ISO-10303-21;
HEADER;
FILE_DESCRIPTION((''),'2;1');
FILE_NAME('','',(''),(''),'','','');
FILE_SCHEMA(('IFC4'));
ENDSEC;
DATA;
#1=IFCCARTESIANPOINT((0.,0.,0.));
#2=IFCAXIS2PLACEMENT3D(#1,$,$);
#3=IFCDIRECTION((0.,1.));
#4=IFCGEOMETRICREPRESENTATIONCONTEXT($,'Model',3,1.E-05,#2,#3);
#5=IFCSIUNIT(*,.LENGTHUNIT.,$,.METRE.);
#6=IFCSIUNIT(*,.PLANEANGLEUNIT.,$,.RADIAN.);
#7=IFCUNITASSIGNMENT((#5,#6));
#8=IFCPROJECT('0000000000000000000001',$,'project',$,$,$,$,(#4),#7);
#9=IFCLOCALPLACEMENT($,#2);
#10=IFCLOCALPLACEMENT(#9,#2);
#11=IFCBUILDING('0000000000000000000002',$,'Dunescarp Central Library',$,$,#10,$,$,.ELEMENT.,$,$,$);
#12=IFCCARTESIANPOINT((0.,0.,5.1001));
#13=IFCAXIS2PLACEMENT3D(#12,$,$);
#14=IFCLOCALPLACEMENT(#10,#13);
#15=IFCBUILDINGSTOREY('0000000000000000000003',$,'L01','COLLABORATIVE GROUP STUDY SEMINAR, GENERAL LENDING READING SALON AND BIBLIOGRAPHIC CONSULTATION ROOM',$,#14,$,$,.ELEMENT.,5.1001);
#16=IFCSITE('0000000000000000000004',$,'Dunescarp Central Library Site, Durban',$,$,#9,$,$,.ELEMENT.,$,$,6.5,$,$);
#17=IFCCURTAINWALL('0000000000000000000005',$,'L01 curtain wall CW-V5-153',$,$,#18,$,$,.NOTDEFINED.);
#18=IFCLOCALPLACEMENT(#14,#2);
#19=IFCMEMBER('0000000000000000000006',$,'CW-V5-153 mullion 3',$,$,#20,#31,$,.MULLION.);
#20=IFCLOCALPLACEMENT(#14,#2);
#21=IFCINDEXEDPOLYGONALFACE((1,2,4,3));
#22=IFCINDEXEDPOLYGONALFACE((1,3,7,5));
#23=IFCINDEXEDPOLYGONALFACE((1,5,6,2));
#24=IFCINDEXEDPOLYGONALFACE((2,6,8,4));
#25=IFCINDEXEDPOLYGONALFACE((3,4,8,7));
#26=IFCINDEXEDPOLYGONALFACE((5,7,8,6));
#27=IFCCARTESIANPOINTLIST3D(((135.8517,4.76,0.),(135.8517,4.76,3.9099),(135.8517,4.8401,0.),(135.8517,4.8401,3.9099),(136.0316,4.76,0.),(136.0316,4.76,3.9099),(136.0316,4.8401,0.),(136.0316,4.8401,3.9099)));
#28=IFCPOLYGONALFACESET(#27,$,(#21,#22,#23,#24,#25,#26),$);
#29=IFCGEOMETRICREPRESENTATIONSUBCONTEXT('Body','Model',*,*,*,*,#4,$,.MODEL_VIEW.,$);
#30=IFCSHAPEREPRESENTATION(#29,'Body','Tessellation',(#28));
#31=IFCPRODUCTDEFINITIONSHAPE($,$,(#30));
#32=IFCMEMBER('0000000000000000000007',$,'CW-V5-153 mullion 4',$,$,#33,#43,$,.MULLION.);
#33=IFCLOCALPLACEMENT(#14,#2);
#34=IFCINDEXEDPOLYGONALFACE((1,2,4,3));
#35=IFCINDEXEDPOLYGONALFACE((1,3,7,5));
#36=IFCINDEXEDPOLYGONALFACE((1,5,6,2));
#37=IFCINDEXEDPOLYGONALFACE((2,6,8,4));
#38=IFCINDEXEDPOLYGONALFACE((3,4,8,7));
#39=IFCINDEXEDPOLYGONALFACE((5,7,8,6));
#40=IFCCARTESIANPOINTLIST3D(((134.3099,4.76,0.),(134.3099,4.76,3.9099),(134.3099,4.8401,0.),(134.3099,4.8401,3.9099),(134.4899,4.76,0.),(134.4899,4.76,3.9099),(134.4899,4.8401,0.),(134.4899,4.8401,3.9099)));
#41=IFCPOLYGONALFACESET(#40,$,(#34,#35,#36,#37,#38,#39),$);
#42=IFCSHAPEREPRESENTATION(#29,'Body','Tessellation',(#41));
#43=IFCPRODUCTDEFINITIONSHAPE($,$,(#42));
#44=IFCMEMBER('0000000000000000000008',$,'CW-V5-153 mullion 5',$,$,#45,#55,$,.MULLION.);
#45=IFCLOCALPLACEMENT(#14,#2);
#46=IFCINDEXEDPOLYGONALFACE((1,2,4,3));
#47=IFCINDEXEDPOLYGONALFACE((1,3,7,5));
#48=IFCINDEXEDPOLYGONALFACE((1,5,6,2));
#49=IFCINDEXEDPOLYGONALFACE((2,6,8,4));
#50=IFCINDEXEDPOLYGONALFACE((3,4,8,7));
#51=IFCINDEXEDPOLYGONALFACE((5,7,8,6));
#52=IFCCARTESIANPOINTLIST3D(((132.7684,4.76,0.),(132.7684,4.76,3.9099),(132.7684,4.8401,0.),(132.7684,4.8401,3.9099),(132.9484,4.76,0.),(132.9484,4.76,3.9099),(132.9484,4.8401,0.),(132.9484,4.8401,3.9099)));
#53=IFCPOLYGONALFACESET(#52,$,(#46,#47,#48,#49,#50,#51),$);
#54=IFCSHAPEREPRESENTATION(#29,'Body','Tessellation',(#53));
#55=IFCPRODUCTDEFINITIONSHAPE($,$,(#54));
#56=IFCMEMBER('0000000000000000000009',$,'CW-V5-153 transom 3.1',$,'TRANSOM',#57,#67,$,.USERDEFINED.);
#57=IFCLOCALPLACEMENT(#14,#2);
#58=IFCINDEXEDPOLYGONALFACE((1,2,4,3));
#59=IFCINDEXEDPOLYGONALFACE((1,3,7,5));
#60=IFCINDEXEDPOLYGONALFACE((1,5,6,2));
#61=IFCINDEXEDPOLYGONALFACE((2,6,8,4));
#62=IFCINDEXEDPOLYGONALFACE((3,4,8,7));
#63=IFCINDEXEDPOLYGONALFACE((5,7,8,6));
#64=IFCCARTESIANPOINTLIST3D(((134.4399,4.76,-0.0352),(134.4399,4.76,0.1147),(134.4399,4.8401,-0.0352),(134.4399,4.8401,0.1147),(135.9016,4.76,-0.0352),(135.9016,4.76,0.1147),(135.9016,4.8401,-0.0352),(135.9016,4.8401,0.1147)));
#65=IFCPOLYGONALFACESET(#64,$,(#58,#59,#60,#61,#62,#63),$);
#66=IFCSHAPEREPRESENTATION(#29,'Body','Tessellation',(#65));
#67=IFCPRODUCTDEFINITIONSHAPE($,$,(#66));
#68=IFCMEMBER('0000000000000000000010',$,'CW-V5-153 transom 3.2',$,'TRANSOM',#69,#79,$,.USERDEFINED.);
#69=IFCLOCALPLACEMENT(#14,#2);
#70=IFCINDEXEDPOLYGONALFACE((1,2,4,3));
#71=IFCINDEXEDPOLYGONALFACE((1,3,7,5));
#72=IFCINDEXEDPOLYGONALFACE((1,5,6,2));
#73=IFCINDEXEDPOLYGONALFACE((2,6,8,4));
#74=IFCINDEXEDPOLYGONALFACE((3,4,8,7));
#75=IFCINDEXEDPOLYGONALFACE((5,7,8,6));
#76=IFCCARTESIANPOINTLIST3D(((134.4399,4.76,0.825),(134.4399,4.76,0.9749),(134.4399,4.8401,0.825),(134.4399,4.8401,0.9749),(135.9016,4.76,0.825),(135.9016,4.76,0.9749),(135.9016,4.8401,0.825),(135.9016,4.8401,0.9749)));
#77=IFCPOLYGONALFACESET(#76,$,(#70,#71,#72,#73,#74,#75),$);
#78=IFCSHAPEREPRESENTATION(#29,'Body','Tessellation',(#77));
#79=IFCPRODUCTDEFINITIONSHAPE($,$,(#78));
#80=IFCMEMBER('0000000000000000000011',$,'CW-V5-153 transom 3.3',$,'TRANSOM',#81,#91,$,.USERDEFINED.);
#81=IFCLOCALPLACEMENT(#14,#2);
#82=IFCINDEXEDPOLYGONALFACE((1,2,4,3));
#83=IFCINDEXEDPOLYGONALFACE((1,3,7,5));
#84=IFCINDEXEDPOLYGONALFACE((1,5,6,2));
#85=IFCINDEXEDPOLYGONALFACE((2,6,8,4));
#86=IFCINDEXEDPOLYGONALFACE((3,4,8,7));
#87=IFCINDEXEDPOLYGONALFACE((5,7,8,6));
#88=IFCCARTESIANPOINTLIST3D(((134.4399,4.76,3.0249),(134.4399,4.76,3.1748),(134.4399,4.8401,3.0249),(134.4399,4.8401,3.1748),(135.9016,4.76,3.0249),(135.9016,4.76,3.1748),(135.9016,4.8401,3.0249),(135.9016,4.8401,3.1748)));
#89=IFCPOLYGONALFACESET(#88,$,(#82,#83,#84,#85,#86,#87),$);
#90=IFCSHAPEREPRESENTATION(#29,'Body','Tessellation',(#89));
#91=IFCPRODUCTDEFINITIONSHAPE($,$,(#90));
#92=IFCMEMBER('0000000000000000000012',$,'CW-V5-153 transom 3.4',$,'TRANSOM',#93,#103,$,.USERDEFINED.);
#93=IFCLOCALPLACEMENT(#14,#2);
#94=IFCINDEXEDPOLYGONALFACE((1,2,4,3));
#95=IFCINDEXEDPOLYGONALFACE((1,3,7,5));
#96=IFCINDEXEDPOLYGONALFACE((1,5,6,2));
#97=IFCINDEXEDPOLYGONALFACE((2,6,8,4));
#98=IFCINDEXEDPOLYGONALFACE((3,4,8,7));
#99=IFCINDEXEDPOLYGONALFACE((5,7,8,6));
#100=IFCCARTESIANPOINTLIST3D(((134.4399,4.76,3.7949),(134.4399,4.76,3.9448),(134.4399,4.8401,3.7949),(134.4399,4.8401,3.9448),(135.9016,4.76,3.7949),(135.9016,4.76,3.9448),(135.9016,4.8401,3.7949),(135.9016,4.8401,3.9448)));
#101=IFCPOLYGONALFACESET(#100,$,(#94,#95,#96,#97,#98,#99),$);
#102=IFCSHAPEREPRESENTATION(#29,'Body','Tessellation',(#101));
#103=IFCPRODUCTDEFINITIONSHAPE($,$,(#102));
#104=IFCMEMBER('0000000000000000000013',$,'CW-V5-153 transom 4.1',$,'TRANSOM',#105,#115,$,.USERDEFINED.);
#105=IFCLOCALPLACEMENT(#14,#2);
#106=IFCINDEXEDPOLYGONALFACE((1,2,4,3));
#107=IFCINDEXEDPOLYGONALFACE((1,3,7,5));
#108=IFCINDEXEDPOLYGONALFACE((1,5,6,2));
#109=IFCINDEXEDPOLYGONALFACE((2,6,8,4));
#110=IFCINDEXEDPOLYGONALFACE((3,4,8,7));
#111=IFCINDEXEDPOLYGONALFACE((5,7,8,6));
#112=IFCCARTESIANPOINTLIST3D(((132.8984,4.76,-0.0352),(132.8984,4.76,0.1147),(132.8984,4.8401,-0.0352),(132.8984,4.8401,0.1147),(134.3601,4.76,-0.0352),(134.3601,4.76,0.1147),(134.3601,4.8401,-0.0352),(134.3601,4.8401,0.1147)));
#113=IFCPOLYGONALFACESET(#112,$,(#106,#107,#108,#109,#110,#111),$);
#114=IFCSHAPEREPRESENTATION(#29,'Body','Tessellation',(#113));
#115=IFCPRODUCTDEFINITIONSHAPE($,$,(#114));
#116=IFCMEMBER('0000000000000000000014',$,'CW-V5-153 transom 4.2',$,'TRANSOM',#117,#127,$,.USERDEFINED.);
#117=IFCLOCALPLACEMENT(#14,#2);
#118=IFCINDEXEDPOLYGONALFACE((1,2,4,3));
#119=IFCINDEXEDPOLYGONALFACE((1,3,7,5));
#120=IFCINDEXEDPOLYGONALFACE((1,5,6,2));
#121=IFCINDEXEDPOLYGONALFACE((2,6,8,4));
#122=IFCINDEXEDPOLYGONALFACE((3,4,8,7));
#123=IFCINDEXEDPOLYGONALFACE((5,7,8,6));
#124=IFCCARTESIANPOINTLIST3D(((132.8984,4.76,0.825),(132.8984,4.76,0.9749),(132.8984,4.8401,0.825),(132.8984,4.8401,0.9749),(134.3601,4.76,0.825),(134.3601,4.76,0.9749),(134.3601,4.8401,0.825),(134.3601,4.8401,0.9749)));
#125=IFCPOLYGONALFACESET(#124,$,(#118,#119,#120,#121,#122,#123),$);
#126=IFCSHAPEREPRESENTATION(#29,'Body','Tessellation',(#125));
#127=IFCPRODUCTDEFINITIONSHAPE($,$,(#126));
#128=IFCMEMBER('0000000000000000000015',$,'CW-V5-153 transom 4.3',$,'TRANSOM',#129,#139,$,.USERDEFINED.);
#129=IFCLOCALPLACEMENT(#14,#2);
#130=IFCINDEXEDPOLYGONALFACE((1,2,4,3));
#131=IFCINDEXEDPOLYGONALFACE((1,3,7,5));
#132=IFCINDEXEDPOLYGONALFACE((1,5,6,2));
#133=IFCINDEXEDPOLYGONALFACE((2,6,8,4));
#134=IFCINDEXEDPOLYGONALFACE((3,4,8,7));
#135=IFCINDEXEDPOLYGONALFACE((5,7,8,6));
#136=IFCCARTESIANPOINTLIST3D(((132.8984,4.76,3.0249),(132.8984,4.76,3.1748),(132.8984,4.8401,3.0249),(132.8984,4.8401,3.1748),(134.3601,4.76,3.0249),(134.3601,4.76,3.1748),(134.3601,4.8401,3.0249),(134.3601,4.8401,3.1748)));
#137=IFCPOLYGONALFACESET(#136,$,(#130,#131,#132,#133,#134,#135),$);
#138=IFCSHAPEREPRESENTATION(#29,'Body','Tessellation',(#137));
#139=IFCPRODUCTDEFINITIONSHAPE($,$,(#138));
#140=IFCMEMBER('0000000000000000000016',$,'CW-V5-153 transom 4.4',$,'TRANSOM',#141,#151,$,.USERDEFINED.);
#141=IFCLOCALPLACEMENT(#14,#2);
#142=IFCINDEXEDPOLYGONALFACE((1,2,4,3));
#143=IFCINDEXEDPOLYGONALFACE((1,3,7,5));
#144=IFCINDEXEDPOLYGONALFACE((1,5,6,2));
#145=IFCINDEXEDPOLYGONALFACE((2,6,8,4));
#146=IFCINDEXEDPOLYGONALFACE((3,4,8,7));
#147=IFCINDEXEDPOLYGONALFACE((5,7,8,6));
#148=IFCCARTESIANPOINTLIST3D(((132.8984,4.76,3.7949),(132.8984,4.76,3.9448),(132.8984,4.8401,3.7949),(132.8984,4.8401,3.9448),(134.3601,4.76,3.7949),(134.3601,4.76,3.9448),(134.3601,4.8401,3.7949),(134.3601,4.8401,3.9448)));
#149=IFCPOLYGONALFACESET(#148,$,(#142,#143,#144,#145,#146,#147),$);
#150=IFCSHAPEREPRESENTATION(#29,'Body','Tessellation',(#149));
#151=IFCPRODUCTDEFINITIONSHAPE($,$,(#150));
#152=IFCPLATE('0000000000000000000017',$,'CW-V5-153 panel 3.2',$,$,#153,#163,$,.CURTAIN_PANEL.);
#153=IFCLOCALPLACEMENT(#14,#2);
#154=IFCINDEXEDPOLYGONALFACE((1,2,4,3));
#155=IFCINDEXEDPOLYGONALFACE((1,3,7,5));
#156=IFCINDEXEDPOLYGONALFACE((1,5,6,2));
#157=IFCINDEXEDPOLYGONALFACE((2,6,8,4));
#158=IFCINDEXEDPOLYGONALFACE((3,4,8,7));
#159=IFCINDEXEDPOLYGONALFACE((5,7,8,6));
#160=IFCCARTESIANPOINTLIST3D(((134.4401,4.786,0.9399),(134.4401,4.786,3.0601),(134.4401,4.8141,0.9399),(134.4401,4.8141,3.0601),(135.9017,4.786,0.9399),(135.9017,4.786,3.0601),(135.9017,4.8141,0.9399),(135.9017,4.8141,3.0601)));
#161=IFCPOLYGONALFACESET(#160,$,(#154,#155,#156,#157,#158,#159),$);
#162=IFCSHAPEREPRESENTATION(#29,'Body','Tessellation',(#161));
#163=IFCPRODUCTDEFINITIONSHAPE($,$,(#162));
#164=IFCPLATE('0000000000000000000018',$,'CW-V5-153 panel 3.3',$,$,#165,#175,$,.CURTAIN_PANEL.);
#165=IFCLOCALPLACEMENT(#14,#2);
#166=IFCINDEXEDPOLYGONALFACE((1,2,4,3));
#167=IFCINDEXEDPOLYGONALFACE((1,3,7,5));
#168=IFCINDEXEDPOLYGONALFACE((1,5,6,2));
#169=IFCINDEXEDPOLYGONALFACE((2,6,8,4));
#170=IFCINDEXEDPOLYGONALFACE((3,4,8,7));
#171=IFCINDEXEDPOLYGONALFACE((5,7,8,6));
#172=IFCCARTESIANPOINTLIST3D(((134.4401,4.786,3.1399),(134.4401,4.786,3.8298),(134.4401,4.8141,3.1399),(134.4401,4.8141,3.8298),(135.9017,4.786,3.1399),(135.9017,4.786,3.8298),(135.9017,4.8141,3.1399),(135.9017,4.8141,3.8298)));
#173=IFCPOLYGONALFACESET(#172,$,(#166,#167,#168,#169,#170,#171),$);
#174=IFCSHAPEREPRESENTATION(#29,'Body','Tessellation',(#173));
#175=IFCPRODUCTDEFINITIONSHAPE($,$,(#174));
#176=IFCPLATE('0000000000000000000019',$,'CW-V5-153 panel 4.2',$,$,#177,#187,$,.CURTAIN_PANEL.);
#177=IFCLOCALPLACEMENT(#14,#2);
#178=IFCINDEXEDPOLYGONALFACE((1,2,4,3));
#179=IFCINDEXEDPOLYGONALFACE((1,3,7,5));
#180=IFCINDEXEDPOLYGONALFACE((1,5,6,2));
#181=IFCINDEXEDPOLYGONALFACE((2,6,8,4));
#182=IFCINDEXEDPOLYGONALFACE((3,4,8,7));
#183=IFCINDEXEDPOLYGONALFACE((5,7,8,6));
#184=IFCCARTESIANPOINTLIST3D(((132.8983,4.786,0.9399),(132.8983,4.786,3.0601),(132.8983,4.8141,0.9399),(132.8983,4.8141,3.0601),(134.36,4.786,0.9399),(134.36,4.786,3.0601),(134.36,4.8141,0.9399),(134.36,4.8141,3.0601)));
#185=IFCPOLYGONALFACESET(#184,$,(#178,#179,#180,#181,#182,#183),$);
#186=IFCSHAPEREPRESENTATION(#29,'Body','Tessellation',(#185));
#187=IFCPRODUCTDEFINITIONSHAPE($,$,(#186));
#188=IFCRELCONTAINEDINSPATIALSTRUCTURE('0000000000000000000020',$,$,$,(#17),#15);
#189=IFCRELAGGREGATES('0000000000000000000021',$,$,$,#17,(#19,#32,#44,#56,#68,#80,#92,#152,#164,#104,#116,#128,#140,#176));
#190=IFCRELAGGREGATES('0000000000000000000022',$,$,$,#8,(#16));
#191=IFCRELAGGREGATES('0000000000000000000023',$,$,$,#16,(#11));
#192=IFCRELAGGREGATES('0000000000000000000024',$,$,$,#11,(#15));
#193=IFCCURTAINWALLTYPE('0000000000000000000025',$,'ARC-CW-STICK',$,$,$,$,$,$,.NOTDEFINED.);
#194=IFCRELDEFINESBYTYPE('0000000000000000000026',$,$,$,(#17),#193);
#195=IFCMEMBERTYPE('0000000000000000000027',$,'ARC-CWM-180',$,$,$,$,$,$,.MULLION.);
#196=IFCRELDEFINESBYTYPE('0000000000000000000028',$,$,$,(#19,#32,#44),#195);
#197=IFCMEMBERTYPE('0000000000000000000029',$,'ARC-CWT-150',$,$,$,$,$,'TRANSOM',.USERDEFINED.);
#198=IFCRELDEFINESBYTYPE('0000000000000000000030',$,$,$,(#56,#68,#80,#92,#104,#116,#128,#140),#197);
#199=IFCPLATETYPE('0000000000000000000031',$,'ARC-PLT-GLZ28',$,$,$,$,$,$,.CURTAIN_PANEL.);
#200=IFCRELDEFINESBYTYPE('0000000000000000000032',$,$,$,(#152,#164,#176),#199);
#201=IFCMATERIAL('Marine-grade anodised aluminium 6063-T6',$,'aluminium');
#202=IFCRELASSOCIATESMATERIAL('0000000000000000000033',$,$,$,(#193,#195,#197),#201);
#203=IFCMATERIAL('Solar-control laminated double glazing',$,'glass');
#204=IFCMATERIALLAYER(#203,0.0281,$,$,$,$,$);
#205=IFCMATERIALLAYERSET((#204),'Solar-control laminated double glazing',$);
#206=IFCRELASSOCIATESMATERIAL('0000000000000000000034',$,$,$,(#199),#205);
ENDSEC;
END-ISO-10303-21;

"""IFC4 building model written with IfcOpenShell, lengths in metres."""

from ifc_helpers import new_model, si_unit, direction, frame, origin, origin_2d, place, context, subcontext, project, spatial, rectangle, extrude, material, layer, layer_set, material_profile, profile_set, type_object, element, aggregate, save


model = new_model("IFC4")

# Units and contexts
model_context = context("Model", 3, precision=1e-05, world=origin(), true_north=direction((0.0, 1.0)))
body_context = subcontext(model_context, "Body", "Model", "MODEL_VIEW")
ifc_project = project(units=[si_unit("LENGTHUNIT", "METRE"), si_unit("PLANEANGLEUNIT", "RADIAN")], contexts=[model_context])

# Site, building, storey
site_placement = place(None, origin())
site = spatial("IfcSite", under=ifc_project, at=site_placement, Name="Dunescarp Central Library Site, Durban", CompositionType="ELEMENT", RefElevation=6.5)
building_placement = place(site_placement, origin())
building = spatial("IfcBuilding", under=site, at=building_placement, Name="Dunescarp Central Library", CompositionType="ELEMENT")
storey_placement = place(building_placement, frame((0.0, 0.0, 5.1001)))
storey = spatial("IfcBuildingStorey", under=building, at=storey_placement, Name="L01", Description="COLLABORATIVE GROUP STUDY SEMINAR, GENERAL LENDING READING SALON AND BIBLIOGRAPHIC CONSULTATION ROOM", CompositionType="ELEMENT", Elevation=5.1001)

# Curtain wall, members, plates
ifc_material_1 = material(Name="Marine-grade anodised aluminium 6063-T6", Category="aluminium")
curtain_wall_type = type_object("IfcCurtainWallType", Name="ARC-CW-STICK", PredefinedType="NOTDEFINED", material=ifc_material_1)
curtain_wall_placement = place(storey_placement, origin())
curtain_wall = element("IfcCurtainWall", 1, at=curtain_wall_placement, inside=storey, type_object=curtain_wall_type, Name="L01 curtain wall CW-V5-153", PredefinedType="NOTDEFINED")
ifc_material_profile_1 = material_profile(ifc_material_1, rectangle(XDim=0.0801, YDim=0.1799, at=origin_2d()), Name="AL 80x180")
ifc_profile_set_1 = profile_set([ifc_material_profile_1], Name="Marine-grade anodised aluminium 6063-T6")
member_type_1 = type_object("IfcMemberType", Name="ARC-CWM-180", PredefinedType="MULLION", material=ifc_profile_set_1)
member_1_placement = place(storey_placement, frame((135.9417, 4.8, 0.0), z_axis=(0.0, 0.0, 1.0), x_axis=(0.0, -1.0, 0.0)))
member_1 = element("IfcMember", 2, at=member_1_placement, type_object=member_type_1, Name="CW-V5-153 mullion 3", PredefinedType="MULLION", context=body_context, shape_type="SweptSolid", body=[
    extrude(rectangle(XDim=0.0801, YDim=0.1799, at=origin_2d()), origin(), (0.0, 0.0, 1.0), 3.9099),
])
member_2_placement = place(storey_placement, frame((134.3999, 4.8, 0.0), z_axis=(0.0, 0.0, 1.0), x_axis=(0.0, -1.0, 0.0)))
member_2 = element("IfcMember", 3, at=member_2_placement, type_object=member_type_1, Name="CW-V5-153 mullion 4", PredefinedType="MULLION", context=body_context, shape_type="SweptSolid", body=[
    extrude(rectangle(XDim=0.0801, YDim=0.1799, at=origin_2d()), origin(), (0.0, 0.0, 1.0), 3.9099),
])
member_3_placement = place(storey_placement, frame((132.8584, 4.8, 0.0), z_axis=(0.0, 0.0, 1.0), x_axis=(0.0, -1.0, 0.0)))
member_3 = element("IfcMember", 4, at=member_3_placement, type_object=member_type_1, Name="CW-V5-153 mullion 5", PredefinedType="MULLION", context=body_context, shape_type="SweptSolid", body=[
    extrude(rectangle(XDim=0.0801, YDim=0.1799, at=origin_2d()), origin(), (0.0, 0.0, 1.0), 3.9099),
])
ifc_material_profile_2 = material_profile(ifc_material_1, rectangle(XDim=0.0801, YDim=0.1499, at=origin_2d()), Name="AL 80x150")
ifc_profile_set_2 = profile_set([ifc_material_profile_2], Name="Marine-grade anodised aluminium 6063-T6")
member_type_2 = type_object("IfcMemberType", Name="ARC-CWT-150", ElementType="TRANSOM", PredefinedType="USERDEFINED", material=ifc_profile_set_2)
member_4_placement = place(storey_placement, frame((135.9016, 4.8, 0.0398), z_axis=(-1.0, 0.0, 0.0), x_axis=(0.0, -1.0, 0.0)))
member_4 = element("IfcMember", 5, at=member_4_placement, type_object=member_type_2, Name="CW-V5-153 transom 3.1", ObjectType="TRANSOM", PredefinedType="USERDEFINED", context=body_context, shape_type="SweptSolid", body=[
    extrude(rectangle(XDim=0.0801, YDim=0.1499, at=origin_2d()), origin(), (0.0, 0.0, 1.0), 1.4617),
])
member_5_placement = place(storey_placement, frame((135.9016, 4.8, 0.8999), z_axis=(-1.0, 0.0, 0.0), x_axis=(0.0, -1.0, 0.0)))
member_5 = element("IfcMember", 6, at=member_5_placement, type_object=member_type_2, Name="CW-V5-153 transom 3.2", ObjectType="TRANSOM", PredefinedType="USERDEFINED", context=body_context, shape_type="SweptSolid", body=[
    extrude(rectangle(XDim=0.0801, YDim=0.1499, at=origin_2d()), origin(), (0.0, 0.0, 1.0), 1.4617),
])
member_6_placement = place(storey_placement, frame((135.9016, 4.8, 3.0999), z_axis=(-1.0, 0.0, 0.0), x_axis=(0.0, -1.0, 0.0)))
member_6 = element("IfcMember", 7, at=member_6_placement, type_object=member_type_2, Name="CW-V5-153 transom 3.3", ObjectType="TRANSOM", PredefinedType="USERDEFINED", context=body_context, shape_type="SweptSolid", body=[
    extrude(rectangle(XDim=0.0801, YDim=0.1499, at=origin_2d()), origin(), (0.0, 0.0, 1.0), 1.4617),
])
member_7_placement = place(storey_placement, frame((135.9016, 4.8, 3.8699), z_axis=(-1.0, 0.0, 0.0), x_axis=(0.0, -1.0, 0.0)))
member_7 = element("IfcMember", 8, at=member_7_placement, type_object=member_type_2, Name="CW-V5-153 transom 3.4", ObjectType="TRANSOM", PredefinedType="USERDEFINED", context=body_context, shape_type="SweptSolid", body=[
    extrude(rectangle(XDim=0.0801, YDim=0.1499, at=origin_2d()), origin(), (0.0, 0.0, 1.0), 1.4617),
])
member_8_placement = place(storey_placement, frame((134.3601, 4.8, 0.0398), z_axis=(-1.0, 0.0, 0.0), x_axis=(0.0, -1.0, 0.0)))
member_8 = element("IfcMember", 9, at=member_8_placement, type_object=member_type_2, Name="CW-V5-153 transom 4.1", ObjectType="TRANSOM", PredefinedType="USERDEFINED", context=body_context, shape_type="SweptSolid", body=[
    extrude(rectangle(XDim=0.0801, YDim=0.1499, at=origin_2d()), origin(), (0.0, 0.0, 1.0), 1.4617),
])
member_9_placement = place(storey_placement, frame((134.3601, 4.8, 0.8999), z_axis=(-1.0, 0.0, 0.0), x_axis=(0.0, -1.0, 0.0)))
member_9 = element("IfcMember", 10, at=member_9_placement, type_object=member_type_2, Name="CW-V5-153 transom 4.2", ObjectType="TRANSOM", PredefinedType="USERDEFINED", context=body_context, shape_type="SweptSolid", body=[
    extrude(rectangle(XDim=0.0801, YDim=0.1499, at=origin_2d()), origin(), (0.0, 0.0, 1.0), 1.4617),
])
member_10_placement = place(storey_placement, frame((134.3601, 4.8, 3.0999), z_axis=(-1.0, 0.0, 0.0), x_axis=(0.0, -1.0, 0.0)))
member_10 = element("IfcMember", 11, at=member_10_placement, type_object=member_type_2, Name="CW-V5-153 transom 4.3", ObjectType="TRANSOM", PredefinedType="USERDEFINED", context=body_context, shape_type="SweptSolid", body=[
    extrude(rectangle(XDim=0.0801, YDim=0.1499, at=origin_2d()), origin(), (0.0, 0.0, 1.0), 1.4617),
])
member_11_placement = place(storey_placement, frame((134.3601, 4.8, 3.8699), z_axis=(-1.0, 0.0, 0.0), x_axis=(0.0, -1.0, 0.0)))
member_11 = element("IfcMember", 12, at=member_11_placement, type_object=member_type_2, Name="CW-V5-153 transom 4.4", ObjectType="TRANSOM", PredefinedType="USERDEFINED", context=body_context, shape_type="SweptSolid", body=[
    extrude(rectangle(XDim=0.0801, YDim=0.1499, at=origin_2d()), origin(), (0.0, 0.0, 1.0), 1.4617),
])
ifc_material_2 = material(Name="Solar-control laminated double glazing", Category="glass")
ifc_layer_1 = layer(ifc_material_2, 0.0281)
ifc_layer_set_1 = layer_set([ifc_layer_1], Name="Solar-control laminated double glazing")
plate_type_1 = type_object("IfcPlateType", Name="ARC-PLT-GLZ28", PredefinedType="CURTAIN_PANEL", material=ifc_layer_set_1)
plate_1_placement = place(storey_placement, frame((135.1709, 4.8, 0.9399), z_axis=(0.0, 0.0, 1.0), x_axis=(-1.0, 0.0, 0.0)))
plate_1 = element("IfcPlate", 13, at=plate_1_placement, type_object=plate_type_1, Name="CW-V5-153 panel 3.2", PredefinedType="CURTAIN_PANEL", context=body_context, shape_type="SweptSolid", body=[
    extrude(rectangle(XDim=1.4617, YDim=0.0281, at=origin_2d()), origin(), (0.0, 0.0, 1.0), 2.1201),
])
plate_2_placement = place(storey_placement, frame((135.1709, 4.8, 3.1399), z_axis=(0.0, 0.0, 1.0), x_axis=(-1.0, 0.0, 0.0)))
plate_2 = element("IfcPlate", 14, at=plate_2_placement, type_object=plate_type_1, Name="CW-V5-153 panel 3.3", PredefinedType="CURTAIN_PANEL", context=body_context, shape_type="SweptSolid", body=[
    extrude(rectangle(XDim=1.4617, YDim=0.0281, at=origin_2d()), origin(), (0.0, 0.0, 1.0), 0.6899),
])
plate_3_placement = place(storey_placement, frame((133.6292, 4.8, 0.9399), z_axis=(0.0, 0.0, 1.0), x_axis=(-1.0, 0.0, 0.0)))
plate_3 = element("IfcPlate", 15, at=plate_3_placement, type_object=plate_type_1, Name="CW-V5-153 panel 4.2", PredefinedType="CURTAIN_PANEL", context=body_context, shape_type="SweptSolid", body=[
    extrude(rectangle(XDim=1.4617, YDim=0.0281, at=origin_2d()), origin(), (0.0, 0.0, 1.0), 2.1201),
])
aggregate(curtain_wall, [member_1, member_2, member_3, member_4, member_5, member_6, member_7, plate_1, plate_2, member_8, member_9, member_10, member_11, plate_3])

save(model, "model.ifc")
